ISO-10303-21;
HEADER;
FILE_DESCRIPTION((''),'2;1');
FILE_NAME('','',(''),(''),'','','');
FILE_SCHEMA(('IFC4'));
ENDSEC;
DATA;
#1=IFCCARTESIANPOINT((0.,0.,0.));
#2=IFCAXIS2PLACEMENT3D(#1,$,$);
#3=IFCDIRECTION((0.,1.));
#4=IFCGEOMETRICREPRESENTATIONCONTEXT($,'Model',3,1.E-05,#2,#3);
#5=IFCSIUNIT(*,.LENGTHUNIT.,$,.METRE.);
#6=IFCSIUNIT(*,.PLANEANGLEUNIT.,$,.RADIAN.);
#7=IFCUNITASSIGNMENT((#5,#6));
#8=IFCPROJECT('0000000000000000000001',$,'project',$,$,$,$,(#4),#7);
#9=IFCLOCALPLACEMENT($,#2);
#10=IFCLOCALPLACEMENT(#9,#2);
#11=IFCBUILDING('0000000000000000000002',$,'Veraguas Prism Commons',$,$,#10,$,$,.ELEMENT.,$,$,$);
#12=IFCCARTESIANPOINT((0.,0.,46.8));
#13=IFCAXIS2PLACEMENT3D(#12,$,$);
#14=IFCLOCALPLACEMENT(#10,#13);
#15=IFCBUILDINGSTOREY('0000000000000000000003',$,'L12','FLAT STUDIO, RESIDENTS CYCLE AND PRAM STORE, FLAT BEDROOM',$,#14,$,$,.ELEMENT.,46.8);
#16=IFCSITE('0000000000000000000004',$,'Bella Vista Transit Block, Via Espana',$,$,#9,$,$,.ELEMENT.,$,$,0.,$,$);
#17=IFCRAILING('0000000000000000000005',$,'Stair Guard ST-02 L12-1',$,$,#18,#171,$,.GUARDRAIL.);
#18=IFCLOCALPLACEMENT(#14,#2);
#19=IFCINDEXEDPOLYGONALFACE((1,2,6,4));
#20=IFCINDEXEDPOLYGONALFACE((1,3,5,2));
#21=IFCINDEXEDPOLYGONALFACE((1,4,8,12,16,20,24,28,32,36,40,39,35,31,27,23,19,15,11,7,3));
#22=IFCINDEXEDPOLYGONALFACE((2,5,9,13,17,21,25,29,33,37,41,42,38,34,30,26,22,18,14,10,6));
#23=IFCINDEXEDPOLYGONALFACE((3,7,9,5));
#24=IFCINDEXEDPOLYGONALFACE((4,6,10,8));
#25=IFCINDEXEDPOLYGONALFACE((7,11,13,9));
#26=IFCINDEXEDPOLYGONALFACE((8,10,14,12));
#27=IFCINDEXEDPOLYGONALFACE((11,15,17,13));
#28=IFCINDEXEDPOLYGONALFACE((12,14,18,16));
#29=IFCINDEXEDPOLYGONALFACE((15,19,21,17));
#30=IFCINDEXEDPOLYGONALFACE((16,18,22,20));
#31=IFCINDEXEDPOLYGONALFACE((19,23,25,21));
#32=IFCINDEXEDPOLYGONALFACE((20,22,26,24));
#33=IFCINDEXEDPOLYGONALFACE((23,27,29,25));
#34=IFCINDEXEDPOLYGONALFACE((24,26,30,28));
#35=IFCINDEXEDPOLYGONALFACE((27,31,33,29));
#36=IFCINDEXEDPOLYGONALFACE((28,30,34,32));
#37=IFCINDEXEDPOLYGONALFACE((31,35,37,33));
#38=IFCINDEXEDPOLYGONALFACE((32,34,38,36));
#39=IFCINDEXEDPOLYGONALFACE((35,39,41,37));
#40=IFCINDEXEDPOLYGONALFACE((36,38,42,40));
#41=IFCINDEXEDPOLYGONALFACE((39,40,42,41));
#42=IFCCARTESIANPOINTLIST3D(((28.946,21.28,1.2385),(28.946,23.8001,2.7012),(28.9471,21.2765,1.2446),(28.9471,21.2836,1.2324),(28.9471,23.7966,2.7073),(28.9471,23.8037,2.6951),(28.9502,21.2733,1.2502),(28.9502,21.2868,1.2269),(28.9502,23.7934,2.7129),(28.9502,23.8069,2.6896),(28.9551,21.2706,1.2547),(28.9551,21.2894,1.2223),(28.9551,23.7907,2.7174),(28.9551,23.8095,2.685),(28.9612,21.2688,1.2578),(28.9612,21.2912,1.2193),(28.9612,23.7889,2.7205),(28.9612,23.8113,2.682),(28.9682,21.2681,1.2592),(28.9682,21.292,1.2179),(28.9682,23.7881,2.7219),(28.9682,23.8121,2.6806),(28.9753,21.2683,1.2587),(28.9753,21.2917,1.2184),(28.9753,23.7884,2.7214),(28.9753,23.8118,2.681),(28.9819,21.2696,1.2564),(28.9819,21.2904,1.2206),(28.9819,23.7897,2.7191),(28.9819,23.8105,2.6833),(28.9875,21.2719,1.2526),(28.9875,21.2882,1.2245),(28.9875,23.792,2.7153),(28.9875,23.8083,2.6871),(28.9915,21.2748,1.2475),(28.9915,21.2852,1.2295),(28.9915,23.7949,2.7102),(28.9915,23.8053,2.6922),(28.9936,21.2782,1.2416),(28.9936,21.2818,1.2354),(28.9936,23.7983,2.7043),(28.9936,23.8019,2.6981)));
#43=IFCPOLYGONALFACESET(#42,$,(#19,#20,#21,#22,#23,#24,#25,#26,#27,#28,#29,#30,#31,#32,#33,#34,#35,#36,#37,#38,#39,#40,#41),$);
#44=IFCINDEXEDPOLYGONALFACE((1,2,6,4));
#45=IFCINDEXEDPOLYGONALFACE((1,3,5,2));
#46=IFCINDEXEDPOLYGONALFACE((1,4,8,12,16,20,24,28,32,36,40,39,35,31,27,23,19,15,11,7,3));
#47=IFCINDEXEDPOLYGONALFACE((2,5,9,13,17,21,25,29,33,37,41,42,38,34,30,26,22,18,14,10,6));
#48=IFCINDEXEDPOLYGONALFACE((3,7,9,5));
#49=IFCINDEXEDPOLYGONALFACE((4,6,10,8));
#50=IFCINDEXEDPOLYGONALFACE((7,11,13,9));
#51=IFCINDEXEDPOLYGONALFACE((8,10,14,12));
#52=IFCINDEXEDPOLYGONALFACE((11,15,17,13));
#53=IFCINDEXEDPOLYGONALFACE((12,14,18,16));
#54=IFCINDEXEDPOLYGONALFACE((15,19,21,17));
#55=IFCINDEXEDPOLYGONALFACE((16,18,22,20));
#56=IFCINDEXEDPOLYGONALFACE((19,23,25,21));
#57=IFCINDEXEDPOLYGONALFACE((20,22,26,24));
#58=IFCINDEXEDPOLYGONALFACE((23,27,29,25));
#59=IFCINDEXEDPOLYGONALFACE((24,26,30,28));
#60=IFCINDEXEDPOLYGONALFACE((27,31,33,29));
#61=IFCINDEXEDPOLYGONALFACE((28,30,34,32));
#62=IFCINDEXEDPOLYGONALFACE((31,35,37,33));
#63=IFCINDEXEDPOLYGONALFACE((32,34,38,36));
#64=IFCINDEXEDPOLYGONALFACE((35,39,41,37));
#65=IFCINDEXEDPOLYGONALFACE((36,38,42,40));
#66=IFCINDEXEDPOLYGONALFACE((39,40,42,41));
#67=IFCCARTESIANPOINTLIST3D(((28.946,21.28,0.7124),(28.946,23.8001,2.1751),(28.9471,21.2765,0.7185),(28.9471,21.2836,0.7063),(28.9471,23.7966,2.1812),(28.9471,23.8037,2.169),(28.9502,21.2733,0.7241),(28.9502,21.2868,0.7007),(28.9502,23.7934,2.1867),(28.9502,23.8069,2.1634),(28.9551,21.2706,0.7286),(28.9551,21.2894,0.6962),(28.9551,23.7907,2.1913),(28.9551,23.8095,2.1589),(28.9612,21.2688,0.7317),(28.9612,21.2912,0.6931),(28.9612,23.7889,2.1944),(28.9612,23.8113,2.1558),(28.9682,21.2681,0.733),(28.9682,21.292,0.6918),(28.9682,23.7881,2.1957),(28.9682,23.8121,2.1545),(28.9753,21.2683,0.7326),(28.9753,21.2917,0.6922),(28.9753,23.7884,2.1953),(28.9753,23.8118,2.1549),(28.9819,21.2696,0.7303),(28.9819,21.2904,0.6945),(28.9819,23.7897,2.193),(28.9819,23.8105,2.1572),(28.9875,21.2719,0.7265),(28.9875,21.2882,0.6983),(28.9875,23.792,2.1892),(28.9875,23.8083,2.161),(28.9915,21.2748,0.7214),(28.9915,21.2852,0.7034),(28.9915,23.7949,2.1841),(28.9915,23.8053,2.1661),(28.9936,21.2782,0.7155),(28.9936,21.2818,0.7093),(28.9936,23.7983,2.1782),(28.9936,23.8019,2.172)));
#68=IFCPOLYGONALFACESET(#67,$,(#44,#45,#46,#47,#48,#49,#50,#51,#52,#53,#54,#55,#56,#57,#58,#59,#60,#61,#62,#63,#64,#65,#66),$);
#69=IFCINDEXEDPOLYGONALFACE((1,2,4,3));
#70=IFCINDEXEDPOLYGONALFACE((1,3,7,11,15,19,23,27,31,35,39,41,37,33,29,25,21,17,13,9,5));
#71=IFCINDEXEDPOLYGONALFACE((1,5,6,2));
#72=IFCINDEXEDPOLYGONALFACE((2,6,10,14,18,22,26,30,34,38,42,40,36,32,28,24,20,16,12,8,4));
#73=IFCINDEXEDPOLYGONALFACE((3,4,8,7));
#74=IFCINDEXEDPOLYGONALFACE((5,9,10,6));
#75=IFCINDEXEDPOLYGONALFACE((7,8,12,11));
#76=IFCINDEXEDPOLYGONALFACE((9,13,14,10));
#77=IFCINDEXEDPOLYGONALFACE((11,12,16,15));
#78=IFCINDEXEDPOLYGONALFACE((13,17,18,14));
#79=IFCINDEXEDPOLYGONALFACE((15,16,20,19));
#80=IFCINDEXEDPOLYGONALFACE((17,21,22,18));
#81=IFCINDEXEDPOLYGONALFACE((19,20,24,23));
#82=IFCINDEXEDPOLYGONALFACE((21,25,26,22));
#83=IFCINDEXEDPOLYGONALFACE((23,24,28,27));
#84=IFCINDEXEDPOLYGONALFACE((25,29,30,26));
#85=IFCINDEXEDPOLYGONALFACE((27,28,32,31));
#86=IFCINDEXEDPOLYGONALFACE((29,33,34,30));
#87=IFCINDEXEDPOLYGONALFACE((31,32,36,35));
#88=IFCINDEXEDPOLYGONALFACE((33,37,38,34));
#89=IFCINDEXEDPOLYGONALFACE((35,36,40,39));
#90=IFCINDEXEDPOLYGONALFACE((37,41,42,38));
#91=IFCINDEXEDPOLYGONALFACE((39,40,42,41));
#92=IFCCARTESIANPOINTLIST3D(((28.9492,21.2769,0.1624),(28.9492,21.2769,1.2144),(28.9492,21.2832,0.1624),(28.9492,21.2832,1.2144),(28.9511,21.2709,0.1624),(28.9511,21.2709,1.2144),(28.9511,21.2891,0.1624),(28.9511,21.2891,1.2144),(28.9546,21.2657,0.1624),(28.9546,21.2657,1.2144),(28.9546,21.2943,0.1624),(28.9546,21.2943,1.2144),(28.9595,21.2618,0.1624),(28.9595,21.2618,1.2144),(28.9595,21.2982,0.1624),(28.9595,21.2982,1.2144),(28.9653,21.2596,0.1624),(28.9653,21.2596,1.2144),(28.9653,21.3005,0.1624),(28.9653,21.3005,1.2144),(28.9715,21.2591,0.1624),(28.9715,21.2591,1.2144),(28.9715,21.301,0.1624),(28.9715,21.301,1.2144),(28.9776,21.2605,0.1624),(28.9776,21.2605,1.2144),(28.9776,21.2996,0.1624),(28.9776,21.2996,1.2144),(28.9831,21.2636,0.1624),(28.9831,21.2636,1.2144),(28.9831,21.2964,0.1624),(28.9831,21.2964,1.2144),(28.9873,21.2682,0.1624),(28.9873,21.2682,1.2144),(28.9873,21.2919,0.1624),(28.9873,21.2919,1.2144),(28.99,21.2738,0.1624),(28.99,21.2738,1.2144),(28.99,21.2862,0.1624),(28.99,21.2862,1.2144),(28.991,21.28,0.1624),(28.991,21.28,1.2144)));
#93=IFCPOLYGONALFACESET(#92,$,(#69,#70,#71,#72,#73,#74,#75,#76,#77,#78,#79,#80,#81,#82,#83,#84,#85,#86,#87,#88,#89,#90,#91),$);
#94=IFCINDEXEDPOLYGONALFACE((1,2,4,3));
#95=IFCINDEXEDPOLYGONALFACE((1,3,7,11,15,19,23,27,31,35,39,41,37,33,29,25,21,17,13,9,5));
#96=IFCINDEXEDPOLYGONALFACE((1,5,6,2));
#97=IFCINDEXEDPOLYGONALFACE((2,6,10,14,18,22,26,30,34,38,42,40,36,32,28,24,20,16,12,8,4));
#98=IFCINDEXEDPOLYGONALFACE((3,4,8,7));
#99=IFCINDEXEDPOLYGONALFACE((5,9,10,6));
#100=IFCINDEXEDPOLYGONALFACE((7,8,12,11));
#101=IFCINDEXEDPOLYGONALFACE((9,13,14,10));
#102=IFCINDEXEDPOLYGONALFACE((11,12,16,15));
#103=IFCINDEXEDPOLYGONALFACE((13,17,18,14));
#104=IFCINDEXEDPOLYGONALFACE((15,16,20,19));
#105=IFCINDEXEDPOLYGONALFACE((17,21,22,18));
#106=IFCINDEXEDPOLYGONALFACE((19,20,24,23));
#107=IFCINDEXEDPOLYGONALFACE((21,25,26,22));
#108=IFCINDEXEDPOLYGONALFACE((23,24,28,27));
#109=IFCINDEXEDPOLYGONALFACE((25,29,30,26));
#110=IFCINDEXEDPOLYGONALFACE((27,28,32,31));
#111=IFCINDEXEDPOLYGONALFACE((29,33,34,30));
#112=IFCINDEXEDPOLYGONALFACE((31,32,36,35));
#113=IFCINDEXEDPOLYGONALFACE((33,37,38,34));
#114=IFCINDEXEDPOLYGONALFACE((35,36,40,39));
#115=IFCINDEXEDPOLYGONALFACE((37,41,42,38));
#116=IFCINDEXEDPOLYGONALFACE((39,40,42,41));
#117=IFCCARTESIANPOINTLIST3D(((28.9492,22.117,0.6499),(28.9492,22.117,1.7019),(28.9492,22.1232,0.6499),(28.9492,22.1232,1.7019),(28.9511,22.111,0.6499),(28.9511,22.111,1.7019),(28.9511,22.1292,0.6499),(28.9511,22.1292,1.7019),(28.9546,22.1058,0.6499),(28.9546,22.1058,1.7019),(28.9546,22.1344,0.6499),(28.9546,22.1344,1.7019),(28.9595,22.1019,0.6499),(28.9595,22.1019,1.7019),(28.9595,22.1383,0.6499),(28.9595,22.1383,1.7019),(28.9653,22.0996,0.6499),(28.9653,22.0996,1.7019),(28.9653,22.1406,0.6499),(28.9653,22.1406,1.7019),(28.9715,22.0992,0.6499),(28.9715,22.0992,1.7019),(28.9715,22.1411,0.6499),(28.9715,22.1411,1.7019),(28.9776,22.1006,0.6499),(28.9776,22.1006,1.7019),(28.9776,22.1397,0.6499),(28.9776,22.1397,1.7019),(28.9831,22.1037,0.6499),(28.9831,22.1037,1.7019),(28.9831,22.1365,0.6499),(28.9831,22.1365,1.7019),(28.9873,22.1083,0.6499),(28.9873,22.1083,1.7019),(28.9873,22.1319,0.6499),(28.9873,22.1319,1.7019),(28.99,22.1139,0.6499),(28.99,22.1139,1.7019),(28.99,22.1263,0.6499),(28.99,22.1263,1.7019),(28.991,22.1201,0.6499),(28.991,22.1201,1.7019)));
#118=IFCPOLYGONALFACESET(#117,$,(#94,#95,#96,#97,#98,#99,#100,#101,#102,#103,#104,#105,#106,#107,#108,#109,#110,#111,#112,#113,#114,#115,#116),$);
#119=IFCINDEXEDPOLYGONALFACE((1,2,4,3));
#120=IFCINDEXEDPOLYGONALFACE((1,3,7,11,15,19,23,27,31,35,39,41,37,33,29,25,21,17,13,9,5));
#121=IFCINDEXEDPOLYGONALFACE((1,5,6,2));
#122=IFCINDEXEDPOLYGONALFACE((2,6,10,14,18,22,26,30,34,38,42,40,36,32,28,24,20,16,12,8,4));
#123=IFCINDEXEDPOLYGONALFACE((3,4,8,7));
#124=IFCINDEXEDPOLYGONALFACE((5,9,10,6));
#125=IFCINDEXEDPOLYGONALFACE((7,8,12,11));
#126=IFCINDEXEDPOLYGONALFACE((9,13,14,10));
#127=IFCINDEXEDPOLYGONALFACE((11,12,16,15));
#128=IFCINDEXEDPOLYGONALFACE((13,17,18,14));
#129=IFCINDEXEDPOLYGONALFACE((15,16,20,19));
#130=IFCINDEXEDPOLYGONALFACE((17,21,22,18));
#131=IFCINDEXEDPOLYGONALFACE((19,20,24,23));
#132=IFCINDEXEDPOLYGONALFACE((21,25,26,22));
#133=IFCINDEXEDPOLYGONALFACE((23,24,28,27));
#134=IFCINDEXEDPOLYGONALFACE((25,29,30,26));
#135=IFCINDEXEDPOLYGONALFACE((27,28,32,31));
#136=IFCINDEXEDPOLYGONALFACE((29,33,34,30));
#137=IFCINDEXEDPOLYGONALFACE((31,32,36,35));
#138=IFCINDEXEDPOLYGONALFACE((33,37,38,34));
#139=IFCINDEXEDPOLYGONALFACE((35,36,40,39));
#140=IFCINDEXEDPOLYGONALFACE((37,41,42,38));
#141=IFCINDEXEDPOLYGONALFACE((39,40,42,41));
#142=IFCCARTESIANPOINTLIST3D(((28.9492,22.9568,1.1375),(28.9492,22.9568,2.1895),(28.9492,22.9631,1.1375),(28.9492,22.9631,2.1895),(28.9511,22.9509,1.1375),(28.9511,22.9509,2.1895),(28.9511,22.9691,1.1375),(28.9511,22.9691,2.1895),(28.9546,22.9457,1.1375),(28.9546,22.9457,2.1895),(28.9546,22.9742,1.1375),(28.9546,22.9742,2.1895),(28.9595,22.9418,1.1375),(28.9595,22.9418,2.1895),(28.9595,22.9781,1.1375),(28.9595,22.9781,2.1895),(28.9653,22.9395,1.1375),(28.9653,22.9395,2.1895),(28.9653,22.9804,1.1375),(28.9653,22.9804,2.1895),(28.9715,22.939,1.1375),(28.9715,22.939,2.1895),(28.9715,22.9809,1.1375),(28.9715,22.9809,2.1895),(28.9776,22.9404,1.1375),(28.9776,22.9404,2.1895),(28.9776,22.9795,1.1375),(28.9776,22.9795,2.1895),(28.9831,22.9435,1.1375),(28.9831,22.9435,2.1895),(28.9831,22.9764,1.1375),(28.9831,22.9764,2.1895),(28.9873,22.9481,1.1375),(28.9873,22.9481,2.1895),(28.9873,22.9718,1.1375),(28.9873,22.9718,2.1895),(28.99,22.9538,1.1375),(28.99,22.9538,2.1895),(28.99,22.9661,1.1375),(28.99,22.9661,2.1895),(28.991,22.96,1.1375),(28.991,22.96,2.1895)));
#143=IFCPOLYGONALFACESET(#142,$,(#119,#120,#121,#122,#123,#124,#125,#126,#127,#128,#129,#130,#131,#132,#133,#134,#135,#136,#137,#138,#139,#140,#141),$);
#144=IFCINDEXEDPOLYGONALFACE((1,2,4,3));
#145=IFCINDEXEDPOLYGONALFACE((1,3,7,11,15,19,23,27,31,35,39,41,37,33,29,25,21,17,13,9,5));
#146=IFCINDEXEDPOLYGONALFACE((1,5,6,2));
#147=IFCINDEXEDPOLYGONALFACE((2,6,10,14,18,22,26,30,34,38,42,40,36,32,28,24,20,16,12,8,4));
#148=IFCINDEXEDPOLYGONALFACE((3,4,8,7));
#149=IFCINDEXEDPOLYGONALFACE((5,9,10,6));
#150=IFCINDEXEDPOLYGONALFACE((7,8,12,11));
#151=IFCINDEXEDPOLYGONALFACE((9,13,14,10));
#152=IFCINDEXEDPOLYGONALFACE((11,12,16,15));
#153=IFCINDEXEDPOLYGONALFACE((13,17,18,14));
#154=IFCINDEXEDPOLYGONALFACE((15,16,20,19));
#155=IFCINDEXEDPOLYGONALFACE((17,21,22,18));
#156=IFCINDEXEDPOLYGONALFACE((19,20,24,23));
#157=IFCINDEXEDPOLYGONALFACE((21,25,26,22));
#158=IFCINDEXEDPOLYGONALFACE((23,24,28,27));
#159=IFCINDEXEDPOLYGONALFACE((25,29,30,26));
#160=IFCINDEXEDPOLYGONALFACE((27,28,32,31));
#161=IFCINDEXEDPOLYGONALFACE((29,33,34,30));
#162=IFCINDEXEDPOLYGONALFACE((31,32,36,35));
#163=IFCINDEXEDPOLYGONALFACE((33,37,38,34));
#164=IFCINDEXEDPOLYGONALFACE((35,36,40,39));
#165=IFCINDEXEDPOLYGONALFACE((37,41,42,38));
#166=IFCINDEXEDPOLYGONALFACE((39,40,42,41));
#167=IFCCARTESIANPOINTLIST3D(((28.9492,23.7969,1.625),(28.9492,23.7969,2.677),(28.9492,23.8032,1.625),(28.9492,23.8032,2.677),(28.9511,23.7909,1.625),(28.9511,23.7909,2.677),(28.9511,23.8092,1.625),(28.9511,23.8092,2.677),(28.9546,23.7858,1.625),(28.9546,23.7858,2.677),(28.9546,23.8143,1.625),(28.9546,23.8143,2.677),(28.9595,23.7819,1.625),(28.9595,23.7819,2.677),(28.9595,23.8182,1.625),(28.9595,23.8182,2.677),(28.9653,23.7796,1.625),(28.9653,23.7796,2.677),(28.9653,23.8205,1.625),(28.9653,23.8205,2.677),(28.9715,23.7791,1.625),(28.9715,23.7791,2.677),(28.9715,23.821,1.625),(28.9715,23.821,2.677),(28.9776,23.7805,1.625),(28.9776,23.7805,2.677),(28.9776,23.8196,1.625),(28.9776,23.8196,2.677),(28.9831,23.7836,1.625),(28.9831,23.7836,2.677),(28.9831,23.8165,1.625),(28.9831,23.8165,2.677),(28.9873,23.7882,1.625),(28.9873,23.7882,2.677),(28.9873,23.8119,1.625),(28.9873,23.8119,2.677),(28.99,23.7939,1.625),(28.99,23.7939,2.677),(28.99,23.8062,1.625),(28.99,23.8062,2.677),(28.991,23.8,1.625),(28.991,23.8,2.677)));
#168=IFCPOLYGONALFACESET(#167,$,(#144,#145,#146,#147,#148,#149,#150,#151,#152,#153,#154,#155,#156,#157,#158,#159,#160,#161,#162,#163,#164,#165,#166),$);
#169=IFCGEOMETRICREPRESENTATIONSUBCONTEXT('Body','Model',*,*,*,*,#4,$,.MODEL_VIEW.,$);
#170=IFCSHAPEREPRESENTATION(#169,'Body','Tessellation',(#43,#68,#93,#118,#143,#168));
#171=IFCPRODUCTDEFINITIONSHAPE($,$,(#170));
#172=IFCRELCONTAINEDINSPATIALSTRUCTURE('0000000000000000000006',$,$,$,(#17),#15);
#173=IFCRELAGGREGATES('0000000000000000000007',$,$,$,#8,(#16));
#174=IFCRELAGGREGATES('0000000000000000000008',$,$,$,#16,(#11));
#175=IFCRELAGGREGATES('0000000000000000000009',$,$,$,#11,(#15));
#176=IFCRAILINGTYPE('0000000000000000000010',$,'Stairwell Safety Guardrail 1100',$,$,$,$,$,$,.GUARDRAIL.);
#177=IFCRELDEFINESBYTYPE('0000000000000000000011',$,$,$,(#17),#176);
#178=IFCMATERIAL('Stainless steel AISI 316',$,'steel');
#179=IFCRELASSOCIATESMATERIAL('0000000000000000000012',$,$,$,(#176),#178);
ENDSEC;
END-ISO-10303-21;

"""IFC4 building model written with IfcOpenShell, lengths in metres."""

from ifc_helpers import new_model, si_unit, direction, frame, origin, origin_2d, place, context, subcontext, project, spatial, circle, extrude, material, type_object, element, save


model = new_model("IFC4")

# Units and contexts
model_context = context("Model", 3, precision=1e-05, world=origin(), true_north=direction((0.0, 1.0)))
body_context = subcontext(model_context, "Body", "Model", "MODEL_VIEW")
ifc_project = project(units=[si_unit("LENGTHUNIT", "METRE"), si_unit("PLANEANGLEUNIT", "RADIAN")], contexts=[model_context])

# Site, building, storey
site_placement = place(None, origin())
site = spatial("IfcSite", under=ifc_project, at=site_placement, Name="Bella Vista Transit Block, Via Espana", CompositionType="ELEMENT", RefElevation=0.0)
building_placement = place(site_placement, origin())
building = spatial("IfcBuilding", under=site, at=building_placement, Name="Veraguas Prism Commons", CompositionType="ELEMENT")
storey_placement = place(building_placement, frame((0.0, 0.0, 46.8)))
storey = spatial("IfcBuildingStorey", under=building, at=storey_placement, Name="L12", Description="FLAT STUDIO, RESIDENTS CYCLE AND PRAM STORE, FLAT BEDROOM", CompositionType="ELEMENT", Elevation=46.8)

# Shared definitions
ifc_material_1 = material(Name="Stainless steel AISI 316", Category="steel")

# Railing
railing_type = type_object("IfcRailingType", Name="Stairwell Safety Guardrail 1100", PredefinedType="GUARDRAIL", material=ifc_material_1)
railing_1_placement = place(storey_placement, frame((28.97, 21.28, 0.1624)))
element("IfcRailing", 1, at=railing_1_placement, inside=storey, type_object=railing_type, Name="Stair Guard ST-02 L12-1", PredefinedType="GUARDRAIL", context=body_context, shape_type="SweptSolid", body=[
    extrude(circle(Radius=0.0239, at=origin_2d()), frame((0.0, 0.0, 1.0762), z_axis=(0.0, 0.864877, 0.501984), x_axis=(-1.0, 0.0, 0.0)), (0.0, 0.0, 1.0), 2.9138),
    extrude(circle(Radius=0.0239, at=origin_2d()), frame((0.0, 0.0, 0.55), z_axis=(0.0, 0.864877, 0.501984), x_axis=(-1.0, 0.0, 0.0)), (0.0, 0.0, 1.0), 2.9138),
    extrude(circle(Radius=0.021, at=origin_2d()), origin(), (0.0, 0.0, 1.0), 1.052),
    extrude(circle(Radius=0.021, at=origin_2d()), frame((0.0, 0.8401, 0.4875)), (0.0, 0.0, 1.0), 1.052),
    extrude(circle(Radius=0.021, at=origin_2d()), frame((0.0, 1.6799, 0.9751)), (0.0, 0.0, 1.0), 1.052),
    extrude(circle(Radius=0.021, at=origin_2d()), frame((0.0, 2.52, 1.4626)), (0.0, 0.0, 1.0), 1.052),
])

save(model, "model.ifc")
